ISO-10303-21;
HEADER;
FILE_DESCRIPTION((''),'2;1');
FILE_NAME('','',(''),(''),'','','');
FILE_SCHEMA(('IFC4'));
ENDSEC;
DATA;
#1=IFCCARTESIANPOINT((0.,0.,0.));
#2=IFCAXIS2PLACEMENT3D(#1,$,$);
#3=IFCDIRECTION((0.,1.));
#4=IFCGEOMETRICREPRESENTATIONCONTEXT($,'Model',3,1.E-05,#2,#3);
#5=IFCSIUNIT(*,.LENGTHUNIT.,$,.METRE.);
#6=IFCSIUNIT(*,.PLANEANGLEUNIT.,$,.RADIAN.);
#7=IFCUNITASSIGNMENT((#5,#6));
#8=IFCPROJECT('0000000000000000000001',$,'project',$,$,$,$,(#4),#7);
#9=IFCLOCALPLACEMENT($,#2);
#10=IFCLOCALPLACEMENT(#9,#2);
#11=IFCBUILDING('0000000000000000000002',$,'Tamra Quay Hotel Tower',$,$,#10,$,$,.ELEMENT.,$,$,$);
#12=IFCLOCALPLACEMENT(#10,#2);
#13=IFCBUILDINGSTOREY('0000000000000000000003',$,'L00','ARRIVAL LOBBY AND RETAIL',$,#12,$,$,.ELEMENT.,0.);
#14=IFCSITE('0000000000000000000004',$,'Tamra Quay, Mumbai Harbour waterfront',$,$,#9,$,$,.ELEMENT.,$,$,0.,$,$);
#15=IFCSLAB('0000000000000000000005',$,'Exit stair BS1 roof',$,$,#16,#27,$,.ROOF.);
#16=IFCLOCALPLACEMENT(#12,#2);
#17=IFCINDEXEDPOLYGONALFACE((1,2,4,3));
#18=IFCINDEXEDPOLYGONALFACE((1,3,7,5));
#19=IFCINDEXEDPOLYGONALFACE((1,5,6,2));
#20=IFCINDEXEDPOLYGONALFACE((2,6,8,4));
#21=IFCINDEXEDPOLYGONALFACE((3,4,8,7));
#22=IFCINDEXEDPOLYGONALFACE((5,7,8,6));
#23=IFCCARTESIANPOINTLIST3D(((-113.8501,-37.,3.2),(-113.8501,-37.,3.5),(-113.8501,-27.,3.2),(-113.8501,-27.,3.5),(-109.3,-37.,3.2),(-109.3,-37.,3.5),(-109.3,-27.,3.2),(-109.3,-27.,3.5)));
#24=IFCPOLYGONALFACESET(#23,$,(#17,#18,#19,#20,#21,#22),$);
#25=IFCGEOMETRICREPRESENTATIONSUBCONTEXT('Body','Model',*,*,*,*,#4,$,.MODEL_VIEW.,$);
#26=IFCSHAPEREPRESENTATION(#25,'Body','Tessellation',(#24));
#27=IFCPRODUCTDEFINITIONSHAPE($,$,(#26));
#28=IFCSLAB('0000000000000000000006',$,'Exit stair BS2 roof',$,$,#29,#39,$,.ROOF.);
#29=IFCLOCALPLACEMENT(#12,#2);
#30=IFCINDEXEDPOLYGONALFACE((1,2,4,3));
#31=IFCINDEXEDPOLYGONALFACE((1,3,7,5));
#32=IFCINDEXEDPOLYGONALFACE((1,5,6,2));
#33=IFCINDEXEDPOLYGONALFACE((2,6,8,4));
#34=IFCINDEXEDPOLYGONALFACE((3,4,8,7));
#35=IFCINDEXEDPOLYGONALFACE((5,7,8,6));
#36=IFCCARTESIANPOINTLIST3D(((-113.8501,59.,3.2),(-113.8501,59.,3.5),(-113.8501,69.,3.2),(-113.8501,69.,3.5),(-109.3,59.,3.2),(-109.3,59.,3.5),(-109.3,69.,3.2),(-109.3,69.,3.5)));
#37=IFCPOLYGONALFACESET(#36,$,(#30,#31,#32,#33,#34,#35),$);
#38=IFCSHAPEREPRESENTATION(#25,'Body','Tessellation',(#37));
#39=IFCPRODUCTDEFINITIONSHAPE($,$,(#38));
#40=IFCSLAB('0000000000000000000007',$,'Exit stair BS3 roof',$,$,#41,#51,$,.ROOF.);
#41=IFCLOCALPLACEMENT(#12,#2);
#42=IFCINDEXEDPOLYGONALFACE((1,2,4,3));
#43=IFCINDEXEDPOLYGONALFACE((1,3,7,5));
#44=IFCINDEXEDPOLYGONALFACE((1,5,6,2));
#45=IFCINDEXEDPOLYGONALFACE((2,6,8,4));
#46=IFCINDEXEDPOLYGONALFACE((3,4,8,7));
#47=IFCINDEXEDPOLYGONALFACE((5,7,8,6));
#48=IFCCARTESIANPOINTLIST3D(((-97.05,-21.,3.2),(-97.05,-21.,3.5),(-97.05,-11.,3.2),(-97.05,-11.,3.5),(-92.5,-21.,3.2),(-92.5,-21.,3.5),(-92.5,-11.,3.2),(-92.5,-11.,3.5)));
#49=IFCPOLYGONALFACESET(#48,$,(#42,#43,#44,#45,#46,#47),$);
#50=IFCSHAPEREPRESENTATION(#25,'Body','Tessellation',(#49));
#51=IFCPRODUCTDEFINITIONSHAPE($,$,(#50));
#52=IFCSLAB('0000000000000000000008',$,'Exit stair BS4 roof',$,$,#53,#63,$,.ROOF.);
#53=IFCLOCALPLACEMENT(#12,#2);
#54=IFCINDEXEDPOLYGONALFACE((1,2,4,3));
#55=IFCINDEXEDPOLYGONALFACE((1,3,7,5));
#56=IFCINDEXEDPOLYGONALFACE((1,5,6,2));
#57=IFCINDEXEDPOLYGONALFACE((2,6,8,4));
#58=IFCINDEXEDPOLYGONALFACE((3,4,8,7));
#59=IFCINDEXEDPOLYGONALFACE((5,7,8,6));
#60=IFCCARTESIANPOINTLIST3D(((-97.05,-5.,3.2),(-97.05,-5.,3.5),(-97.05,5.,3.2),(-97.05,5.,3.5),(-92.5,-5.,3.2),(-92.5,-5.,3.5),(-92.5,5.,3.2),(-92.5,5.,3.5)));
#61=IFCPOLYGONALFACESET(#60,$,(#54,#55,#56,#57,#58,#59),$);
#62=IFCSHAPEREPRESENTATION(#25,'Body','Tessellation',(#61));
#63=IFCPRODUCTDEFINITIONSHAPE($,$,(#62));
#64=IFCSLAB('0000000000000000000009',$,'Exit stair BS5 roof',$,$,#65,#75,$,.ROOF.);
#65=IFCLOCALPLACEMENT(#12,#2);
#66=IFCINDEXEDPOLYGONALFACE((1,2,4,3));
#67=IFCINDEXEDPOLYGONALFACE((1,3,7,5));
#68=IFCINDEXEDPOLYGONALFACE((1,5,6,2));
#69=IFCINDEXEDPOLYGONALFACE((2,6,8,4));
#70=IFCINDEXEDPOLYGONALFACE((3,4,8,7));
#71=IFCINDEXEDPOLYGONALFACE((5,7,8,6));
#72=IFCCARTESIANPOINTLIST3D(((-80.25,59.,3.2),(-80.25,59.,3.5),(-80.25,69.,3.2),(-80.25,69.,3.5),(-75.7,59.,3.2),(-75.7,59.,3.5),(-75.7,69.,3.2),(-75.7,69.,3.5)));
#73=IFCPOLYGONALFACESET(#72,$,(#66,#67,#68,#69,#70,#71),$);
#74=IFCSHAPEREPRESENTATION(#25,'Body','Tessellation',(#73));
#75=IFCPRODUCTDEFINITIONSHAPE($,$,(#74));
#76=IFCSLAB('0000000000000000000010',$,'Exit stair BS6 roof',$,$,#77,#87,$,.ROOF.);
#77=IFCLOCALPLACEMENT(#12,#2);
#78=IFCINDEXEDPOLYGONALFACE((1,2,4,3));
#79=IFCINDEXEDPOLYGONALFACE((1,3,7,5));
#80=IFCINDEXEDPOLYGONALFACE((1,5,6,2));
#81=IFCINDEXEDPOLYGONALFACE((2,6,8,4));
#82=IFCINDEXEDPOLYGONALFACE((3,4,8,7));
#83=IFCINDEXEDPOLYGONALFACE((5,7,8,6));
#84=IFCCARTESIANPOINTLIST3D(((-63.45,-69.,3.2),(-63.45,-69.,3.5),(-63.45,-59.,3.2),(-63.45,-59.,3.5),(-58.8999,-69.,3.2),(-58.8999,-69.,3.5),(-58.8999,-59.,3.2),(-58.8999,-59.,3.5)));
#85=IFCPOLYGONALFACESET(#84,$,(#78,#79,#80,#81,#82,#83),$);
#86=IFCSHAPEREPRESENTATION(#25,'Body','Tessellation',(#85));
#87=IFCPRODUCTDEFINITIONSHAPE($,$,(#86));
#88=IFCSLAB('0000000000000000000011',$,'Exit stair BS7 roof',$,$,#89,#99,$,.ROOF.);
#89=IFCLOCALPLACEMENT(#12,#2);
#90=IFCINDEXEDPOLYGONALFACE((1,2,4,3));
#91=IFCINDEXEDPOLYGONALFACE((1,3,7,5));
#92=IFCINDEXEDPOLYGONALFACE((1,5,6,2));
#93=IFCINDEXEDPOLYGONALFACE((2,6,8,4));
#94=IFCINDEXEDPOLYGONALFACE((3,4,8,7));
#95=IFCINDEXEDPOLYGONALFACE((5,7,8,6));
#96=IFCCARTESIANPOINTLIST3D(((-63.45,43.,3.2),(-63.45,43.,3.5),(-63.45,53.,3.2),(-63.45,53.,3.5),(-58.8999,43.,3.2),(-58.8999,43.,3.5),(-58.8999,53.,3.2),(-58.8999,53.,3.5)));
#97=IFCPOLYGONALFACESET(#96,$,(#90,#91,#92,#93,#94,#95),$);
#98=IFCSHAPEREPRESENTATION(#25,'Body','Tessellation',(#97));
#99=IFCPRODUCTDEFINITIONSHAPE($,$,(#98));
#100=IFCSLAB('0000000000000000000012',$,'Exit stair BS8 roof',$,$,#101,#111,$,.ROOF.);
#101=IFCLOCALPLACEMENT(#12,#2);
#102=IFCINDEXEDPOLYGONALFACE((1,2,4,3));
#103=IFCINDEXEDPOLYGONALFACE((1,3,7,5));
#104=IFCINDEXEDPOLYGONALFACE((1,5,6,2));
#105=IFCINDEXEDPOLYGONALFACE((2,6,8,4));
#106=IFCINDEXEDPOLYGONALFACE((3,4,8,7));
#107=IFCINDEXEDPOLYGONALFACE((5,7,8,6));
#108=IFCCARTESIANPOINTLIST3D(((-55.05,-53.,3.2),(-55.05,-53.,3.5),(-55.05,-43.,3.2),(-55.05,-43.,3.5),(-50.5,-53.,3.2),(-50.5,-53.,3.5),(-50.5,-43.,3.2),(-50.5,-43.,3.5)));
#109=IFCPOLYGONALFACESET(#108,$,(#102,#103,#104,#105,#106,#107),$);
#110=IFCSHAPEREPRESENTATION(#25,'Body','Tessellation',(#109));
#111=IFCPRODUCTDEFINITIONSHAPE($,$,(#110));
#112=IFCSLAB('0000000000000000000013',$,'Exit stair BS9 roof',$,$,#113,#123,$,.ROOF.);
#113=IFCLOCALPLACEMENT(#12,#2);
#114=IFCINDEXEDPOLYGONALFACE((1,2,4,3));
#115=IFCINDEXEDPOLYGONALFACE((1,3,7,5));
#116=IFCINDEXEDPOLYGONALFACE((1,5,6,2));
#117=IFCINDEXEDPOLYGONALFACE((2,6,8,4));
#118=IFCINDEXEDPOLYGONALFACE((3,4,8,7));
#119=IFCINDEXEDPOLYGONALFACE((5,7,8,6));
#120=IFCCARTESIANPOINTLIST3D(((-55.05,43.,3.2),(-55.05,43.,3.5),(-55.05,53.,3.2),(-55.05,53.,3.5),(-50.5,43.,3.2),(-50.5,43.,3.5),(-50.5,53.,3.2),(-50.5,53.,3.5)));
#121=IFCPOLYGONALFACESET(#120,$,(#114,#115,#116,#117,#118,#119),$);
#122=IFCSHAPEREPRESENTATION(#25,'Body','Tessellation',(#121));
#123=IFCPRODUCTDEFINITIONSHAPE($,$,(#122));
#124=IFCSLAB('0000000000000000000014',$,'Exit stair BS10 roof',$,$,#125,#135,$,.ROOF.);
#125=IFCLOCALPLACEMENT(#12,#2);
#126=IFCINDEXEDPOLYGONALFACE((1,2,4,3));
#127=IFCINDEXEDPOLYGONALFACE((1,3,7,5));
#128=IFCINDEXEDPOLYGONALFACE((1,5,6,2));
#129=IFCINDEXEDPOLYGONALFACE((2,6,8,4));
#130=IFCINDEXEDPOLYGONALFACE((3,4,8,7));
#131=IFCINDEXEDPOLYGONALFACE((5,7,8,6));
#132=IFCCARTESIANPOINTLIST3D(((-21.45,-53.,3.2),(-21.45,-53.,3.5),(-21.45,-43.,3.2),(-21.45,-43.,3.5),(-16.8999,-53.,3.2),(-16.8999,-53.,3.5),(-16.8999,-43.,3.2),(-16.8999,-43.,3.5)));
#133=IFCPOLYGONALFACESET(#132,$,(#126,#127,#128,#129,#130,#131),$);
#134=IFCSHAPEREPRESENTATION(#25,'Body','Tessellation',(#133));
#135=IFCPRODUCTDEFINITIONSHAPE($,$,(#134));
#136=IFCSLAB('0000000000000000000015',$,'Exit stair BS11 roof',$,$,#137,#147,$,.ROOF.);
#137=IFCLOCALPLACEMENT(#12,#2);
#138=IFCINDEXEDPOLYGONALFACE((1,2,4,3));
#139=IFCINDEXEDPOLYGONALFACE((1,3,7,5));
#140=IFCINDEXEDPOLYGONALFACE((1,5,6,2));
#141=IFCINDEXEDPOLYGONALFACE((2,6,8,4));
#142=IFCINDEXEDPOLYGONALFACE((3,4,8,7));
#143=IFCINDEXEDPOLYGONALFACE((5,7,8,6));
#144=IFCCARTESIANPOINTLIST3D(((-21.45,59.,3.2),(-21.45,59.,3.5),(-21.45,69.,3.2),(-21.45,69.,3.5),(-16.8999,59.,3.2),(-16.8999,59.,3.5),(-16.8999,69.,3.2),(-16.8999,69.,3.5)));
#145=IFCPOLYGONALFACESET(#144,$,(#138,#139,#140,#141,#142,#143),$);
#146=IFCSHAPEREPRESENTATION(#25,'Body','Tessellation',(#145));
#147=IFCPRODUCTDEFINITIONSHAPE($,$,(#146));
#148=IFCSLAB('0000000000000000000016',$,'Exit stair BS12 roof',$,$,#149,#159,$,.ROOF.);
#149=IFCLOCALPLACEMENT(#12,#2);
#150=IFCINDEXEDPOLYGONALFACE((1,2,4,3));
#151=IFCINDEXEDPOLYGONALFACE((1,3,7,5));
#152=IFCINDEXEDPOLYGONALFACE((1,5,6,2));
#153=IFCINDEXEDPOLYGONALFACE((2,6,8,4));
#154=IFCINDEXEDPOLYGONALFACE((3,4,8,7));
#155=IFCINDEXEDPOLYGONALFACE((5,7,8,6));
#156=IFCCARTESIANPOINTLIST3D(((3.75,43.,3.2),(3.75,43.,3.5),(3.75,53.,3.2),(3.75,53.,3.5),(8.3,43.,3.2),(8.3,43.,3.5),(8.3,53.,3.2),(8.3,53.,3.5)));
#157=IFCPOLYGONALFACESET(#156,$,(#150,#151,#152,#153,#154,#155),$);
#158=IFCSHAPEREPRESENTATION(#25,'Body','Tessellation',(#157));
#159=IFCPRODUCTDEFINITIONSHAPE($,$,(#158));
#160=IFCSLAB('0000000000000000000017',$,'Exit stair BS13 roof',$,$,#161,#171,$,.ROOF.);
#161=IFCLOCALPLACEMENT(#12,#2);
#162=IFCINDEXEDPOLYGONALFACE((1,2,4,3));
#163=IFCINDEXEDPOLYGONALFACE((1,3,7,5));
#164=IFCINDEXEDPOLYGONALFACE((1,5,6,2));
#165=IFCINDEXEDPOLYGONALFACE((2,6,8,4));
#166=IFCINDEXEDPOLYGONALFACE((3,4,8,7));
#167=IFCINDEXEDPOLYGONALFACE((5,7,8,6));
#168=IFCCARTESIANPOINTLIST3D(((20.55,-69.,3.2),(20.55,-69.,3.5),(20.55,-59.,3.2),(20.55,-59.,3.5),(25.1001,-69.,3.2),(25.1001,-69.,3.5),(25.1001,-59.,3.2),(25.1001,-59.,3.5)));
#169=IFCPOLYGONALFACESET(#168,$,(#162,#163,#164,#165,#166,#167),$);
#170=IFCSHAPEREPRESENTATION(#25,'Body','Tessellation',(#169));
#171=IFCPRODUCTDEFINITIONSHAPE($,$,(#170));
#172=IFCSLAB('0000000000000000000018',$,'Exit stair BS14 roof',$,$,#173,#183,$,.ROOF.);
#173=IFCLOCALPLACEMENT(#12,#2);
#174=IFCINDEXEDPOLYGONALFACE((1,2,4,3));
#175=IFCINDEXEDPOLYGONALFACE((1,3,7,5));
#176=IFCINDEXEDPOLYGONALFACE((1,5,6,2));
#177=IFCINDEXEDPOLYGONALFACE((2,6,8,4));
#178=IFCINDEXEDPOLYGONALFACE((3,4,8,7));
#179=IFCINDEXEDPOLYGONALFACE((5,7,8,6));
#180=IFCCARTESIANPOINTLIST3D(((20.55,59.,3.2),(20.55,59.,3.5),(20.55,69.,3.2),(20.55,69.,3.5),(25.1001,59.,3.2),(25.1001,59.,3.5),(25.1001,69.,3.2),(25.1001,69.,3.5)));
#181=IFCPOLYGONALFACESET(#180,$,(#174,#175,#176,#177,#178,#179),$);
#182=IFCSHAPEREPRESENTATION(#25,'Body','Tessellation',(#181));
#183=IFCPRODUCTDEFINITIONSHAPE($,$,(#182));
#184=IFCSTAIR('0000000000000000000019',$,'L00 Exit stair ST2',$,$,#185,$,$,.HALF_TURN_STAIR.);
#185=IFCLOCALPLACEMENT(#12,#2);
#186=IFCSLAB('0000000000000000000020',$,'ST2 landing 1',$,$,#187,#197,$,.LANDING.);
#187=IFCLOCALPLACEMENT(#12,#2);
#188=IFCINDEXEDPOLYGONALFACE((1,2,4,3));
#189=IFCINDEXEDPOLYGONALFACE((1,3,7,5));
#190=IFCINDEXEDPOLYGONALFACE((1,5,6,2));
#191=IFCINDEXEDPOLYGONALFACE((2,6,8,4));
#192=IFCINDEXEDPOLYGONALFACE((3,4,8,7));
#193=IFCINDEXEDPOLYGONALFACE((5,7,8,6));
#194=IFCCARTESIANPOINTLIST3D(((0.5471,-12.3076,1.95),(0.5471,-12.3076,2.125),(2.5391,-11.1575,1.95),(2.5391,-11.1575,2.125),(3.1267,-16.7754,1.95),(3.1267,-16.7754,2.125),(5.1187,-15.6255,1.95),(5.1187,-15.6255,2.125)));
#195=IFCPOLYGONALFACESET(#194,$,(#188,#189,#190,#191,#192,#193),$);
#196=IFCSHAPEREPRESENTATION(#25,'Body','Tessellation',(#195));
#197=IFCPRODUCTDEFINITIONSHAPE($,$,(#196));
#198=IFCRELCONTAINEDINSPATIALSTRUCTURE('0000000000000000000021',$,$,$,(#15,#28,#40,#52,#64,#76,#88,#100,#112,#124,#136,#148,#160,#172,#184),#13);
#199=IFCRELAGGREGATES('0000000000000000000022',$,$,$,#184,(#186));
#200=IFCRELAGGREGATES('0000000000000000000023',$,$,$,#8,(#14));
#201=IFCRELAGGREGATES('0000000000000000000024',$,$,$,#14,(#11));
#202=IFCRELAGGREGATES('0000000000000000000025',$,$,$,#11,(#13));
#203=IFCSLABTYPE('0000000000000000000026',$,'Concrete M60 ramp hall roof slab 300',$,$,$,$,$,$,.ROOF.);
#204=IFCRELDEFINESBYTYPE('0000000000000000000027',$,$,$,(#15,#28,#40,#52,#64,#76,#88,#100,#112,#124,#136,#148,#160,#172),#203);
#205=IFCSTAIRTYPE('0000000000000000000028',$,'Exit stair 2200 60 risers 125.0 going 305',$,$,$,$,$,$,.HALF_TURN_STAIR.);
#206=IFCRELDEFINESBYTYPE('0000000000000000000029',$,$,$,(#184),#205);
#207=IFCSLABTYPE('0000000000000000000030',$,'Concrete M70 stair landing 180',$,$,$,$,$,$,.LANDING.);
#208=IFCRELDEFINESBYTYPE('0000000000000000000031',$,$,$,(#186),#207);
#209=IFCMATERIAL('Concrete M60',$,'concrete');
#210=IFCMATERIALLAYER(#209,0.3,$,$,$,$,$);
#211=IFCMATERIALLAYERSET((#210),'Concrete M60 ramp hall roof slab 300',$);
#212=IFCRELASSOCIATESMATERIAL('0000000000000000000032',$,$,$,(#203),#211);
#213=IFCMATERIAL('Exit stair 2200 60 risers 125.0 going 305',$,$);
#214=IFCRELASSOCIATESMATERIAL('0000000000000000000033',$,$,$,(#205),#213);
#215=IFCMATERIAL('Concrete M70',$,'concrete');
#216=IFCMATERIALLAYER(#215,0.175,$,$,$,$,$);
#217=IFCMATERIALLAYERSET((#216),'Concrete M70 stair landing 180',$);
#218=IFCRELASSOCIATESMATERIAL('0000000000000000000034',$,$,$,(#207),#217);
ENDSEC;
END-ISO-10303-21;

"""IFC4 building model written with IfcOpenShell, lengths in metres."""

from ifc_helpers import new_model, si_unit, direction, frame, origin, place, context, subcontext, project, spatial, polyline, outline, extrude, material, layer, layer_set, type_object, element, aggregate, save


model = new_model("IFC4")

# Units and contexts
model_context = context("Model", 3, precision=1e-05, world=origin(), true_north=direction((0.0, 1.0)))
body_context = subcontext(model_context, "Body", "Model", "MODEL_VIEW")
ifc_project = project(units=[si_unit("LENGTHUNIT", "METRE"), si_unit("PLANEANGLEUNIT", "RADIAN")], contexts=[model_context])

# Site, building, storey
site_placement = place(None, origin())
site = spatial("IfcSite", under=ifc_project, at=site_placement, Name="Tamra Quay, Mumbai Harbour waterfront", CompositionType="ELEMENT", RefElevation=0.0)
building_placement = place(site_placement, origin())
building = spatial("IfcBuilding", under=site, at=building_placement, Name="Tamra Quay Hotel Tower", CompositionType="ELEMENT")
storey_placement = place(building_placement, origin())
storey = spatial("IfcBuildingStorey", under=building, at=storey_placement, Name="L00", Description="ARRIVAL LOBBY AND RETAIL", CompositionType="ELEMENT", Elevation=0.0)

# Slabs
ifc_material_1 = material(Name="Concrete M60", Category="concrete")
ifc_layer_1 = layer(ifc_material_1, 0.3)
ifc_layer_set_1 = layer_set([ifc_layer_1], Name="Concrete M60 ramp hall roof slab 300")
slab_type_1 = type_object("IfcSlabType", Name="Concrete M60 ramp hall roof slab 300", PredefinedType="ROOF", material=ifc_layer_set_1)
slab_1_placement = place(storey_placement, frame((0.0, 0.0, 3.2)))
element("IfcSlab", 1, at=slab_1_placement, inside=storey, type_object=slab_type_1, Name="Exit stair BS1 roof", PredefinedType="ROOF", context=body_context, shape_type="SweptSolid", body=[
    extrude(outline(polyline([(-109.3, -37.0), (-109.3, -27.0), (-113.8501, -27.0), (-113.8501, -37.0), (-109.3, -37.0)])), origin(), (0.0, 0.0, 1.0), 0.3),
])
slab_2_placement = place(storey_placement, frame((0.0, 0.0, 3.2)))
element("IfcSlab", 2, at=slab_2_placement, inside=storey, type_object=slab_type_1, Name="Exit stair BS2 roof", PredefinedType="ROOF", context=body_context, shape_type="SweptSolid", body=[
    extrude(outline(polyline([(-109.3, 59.0), (-109.3, 69.0), (-113.8501, 69.0), (-113.8501, 59.0), (-109.3, 59.0)])), origin(), (0.0, 0.0, 1.0), 0.3),
])
slab_3_placement = place(storey_placement, frame((0.0, 0.0, 3.2)))
element("IfcSlab", 3, at=slab_3_placement, inside=storey, type_object=slab_type_1, Name="Exit stair BS3 roof", PredefinedType="ROOF", context=body_context, shape_type="SweptSolid", body=[
    extrude(outline(polyline([(-92.5, -21.0), (-92.5, -11.0), (-97.05, -11.0), (-97.05, -21.0), (-92.5, -21.0)])), origin(), (0.0, 0.0, 1.0), 0.3),
])
slab_4_placement = place(storey_placement, frame((0.0, 0.0, 3.2)))
element("IfcSlab", 4, at=slab_4_placement, inside=storey, type_object=slab_type_1, Name="Exit stair BS4 roof", PredefinedType="ROOF", context=body_context, shape_type="SweptSolid", body=[
    extrude(outline(polyline([(-92.5, -5.0), (-92.5, 5.0), (-97.05, 5.0), (-97.05, -5.0), (-92.5, -5.0)])), origin(), (0.0, 0.0, 1.0), 0.3),
])
slab_5_placement = place(storey_placement, frame((0.0, 0.0, 3.2)))
element("IfcSlab", 5, at=slab_5_placement, inside=storey, type_object=slab_type_1, Name="Exit stair BS5 roof", PredefinedType="ROOF", context=body_context, shape_type="SweptSolid", body=[
    extrude(outline(polyline([(-75.7, 59.0), (-75.7, 69.0), (-80.25, 69.0), (-80.25, 59.0), (-75.7, 59.0)])), origin(), (0.0, 0.0, 1.0), 0.3),
])
slab_6_placement = place(storey_placement, frame((0.0, 0.0, 3.2)))
element("IfcSlab", 6, at=slab_6_placement, inside=storey, type_object=slab_type_1, Name="Exit stair BS6 roof", PredefinedType="ROOF", context=body_context, shape_type="SweptSolid", body=[
    extrude(outline(polyline([(-58.8999, -69.0), (-58.8999, -59.0), (-63.45, -59.0), (-63.45, -69.0), (-58.8999, -69.0)])), origin(), (0.0, 0.0, 1.0), 0.3),
])
slab_7_placement = place(storey_placement, frame((0.0, 0.0, 3.2)))
element("IfcSlab", 7, at=slab_7_placement, inside=storey, type_object=slab_type_1, Name="Exit stair BS7 roof", PredefinedType="ROOF", context=body_context, shape_type="SweptSolid", body=[
    extrude(outline(polyline([(-58.8999, 43.0), (-58.8999, 53.0), (-63.45, 53.0), (-63.45, 43.0), (-58.8999, 43.0)])), origin(), (0.0, 0.0, 1.0), 0.3),
])
slab_8_placement = place(storey_placement, frame((0.0, 0.0, 3.2)))
element("IfcSlab", 8, at=slab_8_placement, inside=storey, type_object=slab_type_1, Name="Exit stair BS8 roof", PredefinedType="ROOF", context=body_context, shape_type="SweptSolid", body=[
    extrude(outline(polyline([(-50.5, -53.0), (-50.5, -43.0), (-55.05, -43.0), (-55.05, -53.0), (-50.5, -53.0)])), origin(), (0.0, 0.0, 1.0), 0.3),
])
slab_9_placement = place(storey_placement, frame((0.0, 0.0, 3.2)))
element("IfcSlab", 9, at=slab_9_placement, inside=storey, type_object=slab_type_1, Name="Exit stair BS9 roof", PredefinedType="ROOF", context=body_context, shape_type="SweptSolid", body=[
    extrude(outline(polyline([(-50.5, 43.0), (-50.5, 53.0), (-55.05, 53.0), (-55.05, 43.0), (-50.5, 43.0)])), origin(), (0.0, 0.0, 1.0), 0.3),
])
slab_10_placement = place(storey_placement, frame((0.0, 0.0, 3.2)))
element("IfcSlab", 10, at=slab_10_placement, inside=storey, type_object=slab_type_1, Name="Exit stair BS10 roof", PredefinedType="ROOF", context=body_context, shape_type="SweptSolid", body=[
    extrude(outline(polyline([(-16.8999, -53.0), (-16.8999, -43.0), (-21.45, -43.0), (-21.45, -53.0), (-16.8999, -53.0)])), origin(), (0.0, 0.0, 1.0), 0.3),
])
slab_11_placement = place(storey_placement, frame((0.0, 0.0, 3.2)))
element("IfcSlab", 11, at=slab_11_placement, inside=storey, type_object=slab_type_1, Name="Exit stair BS11 roof", PredefinedType="ROOF", context=body_context, shape_type="SweptSolid", body=[
    extrude(outline(polyline([(-16.8999, 59.0), (-16.8999, 69.0), (-21.45, 69.0), (-21.45, 59.0), (-16.8999, 59.0)])), origin(), (0.0, 0.0, 1.0), 0.3),
])
slab_12_placement = place(storey_placement, frame((0.0, 0.0, 3.2)))
element("IfcSlab", 12, at=slab_12_placement, inside=storey, type_object=slab_type_1, Name="Exit stair BS12 roof", PredefinedType="ROOF", context=body_context, shape_type="SweptSolid", body=[
    extrude(outline(polyline([(8.3, 43.0), (8.3, 53.0), (3.75, 53.0), (3.75, 43.0), (8.3, 43.0)])), origin(), (0.0, 0.0, 1.0), 0.3),
])
slab_13_placement = place(storey_placement, frame((0.0, 0.0, 3.2)))
element("IfcSlab", 13, at=slab_13_placement, inside=storey, type_object=slab_type_1, Name="Exit stair BS13 roof", PredefinedType="ROOF", context=body_context, shape_type="SweptSolid", body=[
    extrude(outline(polyline([(25.1001, -69.0), (25.1001, -59.0), (20.55, -59.0), (20.55, -69.0), (25.1001, -69.0)])), origin(), (0.0, 0.0, 1.0), 0.3),
])
slab_14_placement = place(storey_placement, frame((0.0, 0.0, 3.2)))
element("IfcSlab", 14, at=slab_14_placement, inside=storey, type_object=slab_type_1, Name="Exit stair BS14 roof", PredefinedType="ROOF", context=body_context, shape_type="SweptSolid", body=[
    extrude(outline(polyline([(25.1001, 59.0), (25.1001, 69.0), (20.55, 69.0), (20.55, 59.0), (25.1001, 59.0)])), origin(), (0.0, 0.0, 1.0), 0.3),
])

# Stair, slab
ifc_material_2 = material(Name="Exit stair 2200 60 risers 125.0 going 305")
stair_type_1 = type_object("IfcStairType", Name="Exit stair 2200 60 risers 125.0 going 305", PredefinedType="HALF_TURN_STAIR", material=ifc_material_2)
stair_1_placement = place(storey_placement, origin())
stair_1 = element("IfcStair", 15, at=stair_1_placement, inside=storey, type_object=stair_type_1, Name="L00 Exit stair ST2", PredefinedType="HALF_TURN_STAIR")
ifc_material_3 = material(Name="Concrete M70", Category="concrete")
ifc_layer_2 = layer(ifc_material_3, 0.175)
ifc_layer_set_2 = layer_set([ifc_layer_2], Name="Concrete M70 stair landing 180")
slab_type_2 = type_object("IfcSlabType", Name="Concrete M70 stair landing 180", PredefinedType="LANDING", material=ifc_layer_set_2)
slab_15_placement = place(storey_placement, frame((0.0, 0.0, 1.95)))
slab_15 = element("IfcSlab", 16, at=slab_15_placement, type_object=slab_type_2, Name="ST2 landing 1", PredefinedType="LANDING", context=body_context, shape_type="SweptSolid", body=[
    extrude(outline(polyline([(2.5391, -11.1575), (0.5471, -12.3076), (3.1267, -16.7754), (5.1187, -15.6255), (2.5391, -11.1575)])), origin(), (0.0, 0.0, 1.0), 0.175),
])
aggregate(stair_1, [slab_15])

save(model, "model.ifc")
